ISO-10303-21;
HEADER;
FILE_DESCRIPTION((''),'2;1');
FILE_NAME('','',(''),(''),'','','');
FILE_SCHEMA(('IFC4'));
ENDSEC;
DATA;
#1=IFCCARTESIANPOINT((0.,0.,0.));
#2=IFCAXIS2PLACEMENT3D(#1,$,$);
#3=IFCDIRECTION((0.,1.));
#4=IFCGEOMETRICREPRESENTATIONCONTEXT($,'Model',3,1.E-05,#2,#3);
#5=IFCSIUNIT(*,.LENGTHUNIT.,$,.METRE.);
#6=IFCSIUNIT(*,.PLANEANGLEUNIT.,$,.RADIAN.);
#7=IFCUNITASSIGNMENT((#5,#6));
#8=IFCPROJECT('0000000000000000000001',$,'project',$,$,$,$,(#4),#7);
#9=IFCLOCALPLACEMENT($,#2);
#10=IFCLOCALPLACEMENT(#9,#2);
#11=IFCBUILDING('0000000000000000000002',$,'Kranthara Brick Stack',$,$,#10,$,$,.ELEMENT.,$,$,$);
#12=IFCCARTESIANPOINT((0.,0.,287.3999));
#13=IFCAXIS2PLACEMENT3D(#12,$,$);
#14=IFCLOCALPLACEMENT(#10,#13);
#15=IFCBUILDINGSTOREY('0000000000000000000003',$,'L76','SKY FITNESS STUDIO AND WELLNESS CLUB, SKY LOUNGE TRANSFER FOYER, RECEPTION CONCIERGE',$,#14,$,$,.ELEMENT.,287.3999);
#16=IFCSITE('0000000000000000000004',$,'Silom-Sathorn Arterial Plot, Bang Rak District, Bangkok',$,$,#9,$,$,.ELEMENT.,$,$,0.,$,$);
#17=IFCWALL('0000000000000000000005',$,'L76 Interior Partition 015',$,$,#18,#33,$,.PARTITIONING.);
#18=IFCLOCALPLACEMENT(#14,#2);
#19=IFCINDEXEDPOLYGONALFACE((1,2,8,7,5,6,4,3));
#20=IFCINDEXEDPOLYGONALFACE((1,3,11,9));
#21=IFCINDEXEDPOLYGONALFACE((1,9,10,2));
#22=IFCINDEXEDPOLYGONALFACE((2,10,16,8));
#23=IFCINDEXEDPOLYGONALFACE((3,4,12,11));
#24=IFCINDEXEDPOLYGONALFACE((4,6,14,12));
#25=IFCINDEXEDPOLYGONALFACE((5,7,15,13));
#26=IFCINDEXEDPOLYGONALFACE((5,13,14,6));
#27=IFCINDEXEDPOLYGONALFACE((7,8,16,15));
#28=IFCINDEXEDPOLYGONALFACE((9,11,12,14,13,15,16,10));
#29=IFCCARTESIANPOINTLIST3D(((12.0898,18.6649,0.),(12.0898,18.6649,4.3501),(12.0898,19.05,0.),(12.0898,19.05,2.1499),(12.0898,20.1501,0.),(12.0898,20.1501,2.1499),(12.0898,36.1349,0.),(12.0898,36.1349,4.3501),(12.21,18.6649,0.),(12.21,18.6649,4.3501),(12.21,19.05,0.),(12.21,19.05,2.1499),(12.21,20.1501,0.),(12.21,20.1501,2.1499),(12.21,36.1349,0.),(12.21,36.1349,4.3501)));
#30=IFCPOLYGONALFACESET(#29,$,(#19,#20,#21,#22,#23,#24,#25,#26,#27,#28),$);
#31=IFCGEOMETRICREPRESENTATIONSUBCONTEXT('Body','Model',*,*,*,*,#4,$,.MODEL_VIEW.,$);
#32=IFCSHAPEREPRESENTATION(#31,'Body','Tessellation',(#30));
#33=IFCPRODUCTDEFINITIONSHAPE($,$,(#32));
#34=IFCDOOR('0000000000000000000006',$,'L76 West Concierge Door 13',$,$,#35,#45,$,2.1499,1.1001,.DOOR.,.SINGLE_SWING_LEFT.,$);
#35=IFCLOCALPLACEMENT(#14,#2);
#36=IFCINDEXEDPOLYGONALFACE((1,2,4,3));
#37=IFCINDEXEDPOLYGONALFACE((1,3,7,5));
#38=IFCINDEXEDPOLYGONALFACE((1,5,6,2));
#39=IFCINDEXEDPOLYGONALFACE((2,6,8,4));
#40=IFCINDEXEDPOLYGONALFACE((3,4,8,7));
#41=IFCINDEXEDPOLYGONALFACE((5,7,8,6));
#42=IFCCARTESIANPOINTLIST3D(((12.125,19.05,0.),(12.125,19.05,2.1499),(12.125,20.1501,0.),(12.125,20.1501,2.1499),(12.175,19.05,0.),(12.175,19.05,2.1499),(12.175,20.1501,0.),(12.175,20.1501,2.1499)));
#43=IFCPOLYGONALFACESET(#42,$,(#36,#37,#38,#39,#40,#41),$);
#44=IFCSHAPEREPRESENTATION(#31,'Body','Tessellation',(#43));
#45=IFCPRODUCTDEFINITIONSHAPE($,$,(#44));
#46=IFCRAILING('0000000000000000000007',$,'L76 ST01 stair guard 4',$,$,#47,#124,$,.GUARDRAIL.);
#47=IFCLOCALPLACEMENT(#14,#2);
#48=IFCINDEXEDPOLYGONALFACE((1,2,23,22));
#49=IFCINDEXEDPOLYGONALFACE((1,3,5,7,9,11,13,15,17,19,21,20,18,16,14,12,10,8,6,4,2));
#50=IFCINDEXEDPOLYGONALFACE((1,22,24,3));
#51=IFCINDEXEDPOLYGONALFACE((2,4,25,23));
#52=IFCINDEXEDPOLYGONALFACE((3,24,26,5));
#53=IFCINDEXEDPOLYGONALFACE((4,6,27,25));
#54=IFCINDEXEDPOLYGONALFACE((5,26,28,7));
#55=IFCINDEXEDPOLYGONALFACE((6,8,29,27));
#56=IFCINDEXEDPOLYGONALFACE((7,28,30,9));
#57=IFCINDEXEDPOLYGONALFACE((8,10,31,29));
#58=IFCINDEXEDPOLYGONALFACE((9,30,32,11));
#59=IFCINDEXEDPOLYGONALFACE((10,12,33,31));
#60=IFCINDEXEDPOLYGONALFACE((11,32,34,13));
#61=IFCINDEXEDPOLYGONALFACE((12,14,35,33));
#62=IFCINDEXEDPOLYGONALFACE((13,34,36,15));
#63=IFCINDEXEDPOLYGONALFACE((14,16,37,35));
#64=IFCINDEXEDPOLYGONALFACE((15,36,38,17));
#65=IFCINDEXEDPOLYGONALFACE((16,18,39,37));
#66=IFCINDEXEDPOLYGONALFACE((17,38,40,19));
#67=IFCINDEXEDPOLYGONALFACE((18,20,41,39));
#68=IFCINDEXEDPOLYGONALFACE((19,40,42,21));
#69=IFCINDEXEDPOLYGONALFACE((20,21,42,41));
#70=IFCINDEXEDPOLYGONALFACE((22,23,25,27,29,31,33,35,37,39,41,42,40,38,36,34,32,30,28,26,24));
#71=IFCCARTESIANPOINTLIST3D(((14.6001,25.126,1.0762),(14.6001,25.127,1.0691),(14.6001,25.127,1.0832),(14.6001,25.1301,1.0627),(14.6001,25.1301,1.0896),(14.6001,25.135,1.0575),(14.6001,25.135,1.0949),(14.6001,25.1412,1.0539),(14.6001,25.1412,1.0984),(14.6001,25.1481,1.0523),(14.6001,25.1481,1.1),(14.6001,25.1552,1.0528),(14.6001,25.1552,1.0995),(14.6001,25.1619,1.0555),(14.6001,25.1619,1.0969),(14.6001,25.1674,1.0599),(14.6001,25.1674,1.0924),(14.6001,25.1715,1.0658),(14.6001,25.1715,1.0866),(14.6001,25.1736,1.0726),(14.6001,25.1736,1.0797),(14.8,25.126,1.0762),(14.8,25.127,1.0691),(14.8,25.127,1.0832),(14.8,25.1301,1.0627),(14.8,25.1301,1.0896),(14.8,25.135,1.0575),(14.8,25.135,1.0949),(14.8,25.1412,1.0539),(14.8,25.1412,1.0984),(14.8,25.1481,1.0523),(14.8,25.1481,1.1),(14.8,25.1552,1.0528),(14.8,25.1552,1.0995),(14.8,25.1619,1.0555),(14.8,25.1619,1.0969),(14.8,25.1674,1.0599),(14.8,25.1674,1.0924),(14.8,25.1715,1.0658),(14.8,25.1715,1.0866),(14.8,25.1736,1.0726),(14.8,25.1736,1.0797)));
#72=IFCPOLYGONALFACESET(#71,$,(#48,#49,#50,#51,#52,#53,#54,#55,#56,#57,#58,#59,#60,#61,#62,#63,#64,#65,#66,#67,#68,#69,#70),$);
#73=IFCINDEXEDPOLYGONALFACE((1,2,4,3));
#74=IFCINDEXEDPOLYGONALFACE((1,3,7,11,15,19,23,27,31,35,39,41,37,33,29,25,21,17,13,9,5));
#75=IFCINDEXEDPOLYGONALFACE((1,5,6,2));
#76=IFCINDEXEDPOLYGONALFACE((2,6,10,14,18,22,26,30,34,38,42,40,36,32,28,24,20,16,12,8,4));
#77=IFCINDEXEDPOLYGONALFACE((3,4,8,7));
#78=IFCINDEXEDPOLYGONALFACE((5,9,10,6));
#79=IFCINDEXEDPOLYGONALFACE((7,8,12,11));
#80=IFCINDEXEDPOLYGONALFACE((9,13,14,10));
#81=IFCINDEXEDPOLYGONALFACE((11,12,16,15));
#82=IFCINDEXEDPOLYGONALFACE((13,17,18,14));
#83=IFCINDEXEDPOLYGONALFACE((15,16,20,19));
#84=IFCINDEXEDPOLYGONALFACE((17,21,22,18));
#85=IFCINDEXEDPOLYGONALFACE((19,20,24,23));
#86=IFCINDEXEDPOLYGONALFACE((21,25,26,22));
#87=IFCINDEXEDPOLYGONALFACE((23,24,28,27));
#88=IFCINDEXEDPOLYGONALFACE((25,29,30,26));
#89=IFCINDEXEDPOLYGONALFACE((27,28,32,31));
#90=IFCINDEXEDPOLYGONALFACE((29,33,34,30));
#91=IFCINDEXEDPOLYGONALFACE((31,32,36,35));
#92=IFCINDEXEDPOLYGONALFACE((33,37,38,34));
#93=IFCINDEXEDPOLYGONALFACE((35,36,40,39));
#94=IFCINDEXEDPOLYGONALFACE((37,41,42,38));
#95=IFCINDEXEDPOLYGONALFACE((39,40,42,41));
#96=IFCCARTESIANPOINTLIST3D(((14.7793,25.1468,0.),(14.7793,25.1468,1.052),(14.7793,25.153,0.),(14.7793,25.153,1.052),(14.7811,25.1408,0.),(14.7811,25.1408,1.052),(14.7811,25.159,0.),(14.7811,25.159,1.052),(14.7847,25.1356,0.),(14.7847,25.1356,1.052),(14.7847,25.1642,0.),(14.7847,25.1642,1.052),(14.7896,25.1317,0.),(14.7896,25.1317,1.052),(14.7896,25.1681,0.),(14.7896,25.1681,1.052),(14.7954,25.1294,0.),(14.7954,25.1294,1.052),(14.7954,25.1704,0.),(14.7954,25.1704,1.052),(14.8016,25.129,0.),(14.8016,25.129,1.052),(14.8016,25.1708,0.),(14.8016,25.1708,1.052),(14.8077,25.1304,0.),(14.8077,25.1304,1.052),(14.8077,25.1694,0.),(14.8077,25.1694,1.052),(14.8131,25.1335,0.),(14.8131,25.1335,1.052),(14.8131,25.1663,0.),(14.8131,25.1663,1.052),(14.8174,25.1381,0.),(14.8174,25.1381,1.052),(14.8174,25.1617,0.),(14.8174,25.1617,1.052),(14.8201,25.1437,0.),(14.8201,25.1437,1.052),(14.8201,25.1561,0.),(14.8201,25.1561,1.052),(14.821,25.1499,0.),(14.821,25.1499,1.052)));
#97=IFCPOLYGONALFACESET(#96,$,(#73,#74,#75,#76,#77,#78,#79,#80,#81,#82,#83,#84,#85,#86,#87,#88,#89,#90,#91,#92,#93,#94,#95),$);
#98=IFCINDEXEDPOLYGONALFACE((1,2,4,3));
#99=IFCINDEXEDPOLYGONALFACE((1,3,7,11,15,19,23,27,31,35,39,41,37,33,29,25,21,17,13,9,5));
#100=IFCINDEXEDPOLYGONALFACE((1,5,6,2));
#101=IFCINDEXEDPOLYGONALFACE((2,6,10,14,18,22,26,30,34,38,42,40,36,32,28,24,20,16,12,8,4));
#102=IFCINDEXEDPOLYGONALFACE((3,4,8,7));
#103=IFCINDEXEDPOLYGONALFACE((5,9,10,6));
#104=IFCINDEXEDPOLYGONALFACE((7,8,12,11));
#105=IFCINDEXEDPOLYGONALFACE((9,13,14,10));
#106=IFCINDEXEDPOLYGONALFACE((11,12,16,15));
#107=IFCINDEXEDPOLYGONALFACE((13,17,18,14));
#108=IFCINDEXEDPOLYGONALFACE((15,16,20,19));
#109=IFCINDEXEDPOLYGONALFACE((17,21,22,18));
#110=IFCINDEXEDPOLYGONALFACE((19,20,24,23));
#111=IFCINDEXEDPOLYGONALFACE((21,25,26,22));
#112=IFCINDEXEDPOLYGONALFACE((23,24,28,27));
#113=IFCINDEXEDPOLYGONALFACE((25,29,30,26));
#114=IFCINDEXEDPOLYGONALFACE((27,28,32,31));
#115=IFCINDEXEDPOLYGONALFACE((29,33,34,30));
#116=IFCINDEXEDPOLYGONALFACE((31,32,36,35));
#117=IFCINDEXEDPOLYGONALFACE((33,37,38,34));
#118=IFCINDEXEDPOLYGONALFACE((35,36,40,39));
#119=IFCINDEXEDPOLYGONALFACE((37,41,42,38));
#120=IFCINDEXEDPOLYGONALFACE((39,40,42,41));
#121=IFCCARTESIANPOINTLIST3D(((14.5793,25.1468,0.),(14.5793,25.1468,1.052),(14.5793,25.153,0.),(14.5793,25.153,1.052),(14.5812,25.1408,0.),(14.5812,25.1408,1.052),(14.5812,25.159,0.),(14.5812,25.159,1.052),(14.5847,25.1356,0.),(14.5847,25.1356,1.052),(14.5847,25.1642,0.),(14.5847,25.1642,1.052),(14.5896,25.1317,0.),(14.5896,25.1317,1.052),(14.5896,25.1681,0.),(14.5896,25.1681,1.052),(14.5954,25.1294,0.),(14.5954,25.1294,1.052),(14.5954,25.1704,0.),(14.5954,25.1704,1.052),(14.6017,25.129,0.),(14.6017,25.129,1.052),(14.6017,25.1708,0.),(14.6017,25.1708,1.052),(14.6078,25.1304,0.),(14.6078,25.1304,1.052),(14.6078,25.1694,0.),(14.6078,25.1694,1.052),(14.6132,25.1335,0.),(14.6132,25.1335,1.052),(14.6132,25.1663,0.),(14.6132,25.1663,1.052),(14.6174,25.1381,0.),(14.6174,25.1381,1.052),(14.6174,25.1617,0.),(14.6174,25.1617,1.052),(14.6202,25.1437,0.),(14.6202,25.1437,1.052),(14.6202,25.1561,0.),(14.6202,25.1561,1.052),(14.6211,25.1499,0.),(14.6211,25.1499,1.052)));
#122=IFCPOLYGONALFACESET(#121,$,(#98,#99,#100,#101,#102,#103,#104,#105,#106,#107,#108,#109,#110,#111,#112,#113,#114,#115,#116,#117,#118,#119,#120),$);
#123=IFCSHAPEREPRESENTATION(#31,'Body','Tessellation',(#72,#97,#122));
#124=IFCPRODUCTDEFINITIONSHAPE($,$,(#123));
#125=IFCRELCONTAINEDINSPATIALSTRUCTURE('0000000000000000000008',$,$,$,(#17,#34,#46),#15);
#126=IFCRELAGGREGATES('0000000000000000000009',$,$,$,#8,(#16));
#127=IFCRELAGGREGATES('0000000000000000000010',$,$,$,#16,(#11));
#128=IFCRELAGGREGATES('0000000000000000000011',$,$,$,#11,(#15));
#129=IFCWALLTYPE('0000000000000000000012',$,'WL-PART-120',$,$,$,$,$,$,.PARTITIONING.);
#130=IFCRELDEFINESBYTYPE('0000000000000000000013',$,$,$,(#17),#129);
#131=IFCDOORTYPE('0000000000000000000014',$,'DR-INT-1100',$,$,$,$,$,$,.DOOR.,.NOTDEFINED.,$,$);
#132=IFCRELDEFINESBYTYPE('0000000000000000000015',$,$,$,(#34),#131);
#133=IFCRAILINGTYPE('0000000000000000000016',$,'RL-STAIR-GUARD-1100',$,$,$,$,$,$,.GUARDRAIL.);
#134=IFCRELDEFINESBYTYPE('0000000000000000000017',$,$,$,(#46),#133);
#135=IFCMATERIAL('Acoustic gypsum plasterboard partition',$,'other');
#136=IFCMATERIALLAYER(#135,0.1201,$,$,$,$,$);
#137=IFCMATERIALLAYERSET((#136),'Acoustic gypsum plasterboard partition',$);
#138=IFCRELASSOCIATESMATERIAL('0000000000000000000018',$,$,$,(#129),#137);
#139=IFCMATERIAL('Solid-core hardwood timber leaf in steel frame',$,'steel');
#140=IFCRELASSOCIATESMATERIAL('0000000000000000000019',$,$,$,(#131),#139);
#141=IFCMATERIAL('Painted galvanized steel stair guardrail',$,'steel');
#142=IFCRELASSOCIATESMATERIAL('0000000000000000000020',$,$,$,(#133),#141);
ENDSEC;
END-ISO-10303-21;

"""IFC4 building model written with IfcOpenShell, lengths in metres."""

from ifc_helpers import new_model, si_unit, direction, frame, frame_2d, origin, origin_2d, place, context, subcontext, project, spatial, rectangle, circle, extrude, material, layer, layer_set, type_object, element, fill, save


model = new_model("IFC4")

# Units and contexts
model_context = context("Model", 3, precision=1e-05, world=origin(), true_north=direction((0.0, 1.0)))
body_context = subcontext(model_context, "Body", "Model", "MODEL_VIEW")
ifc_project = project(units=[si_unit("LENGTHUNIT", "METRE"), si_unit("PLANEANGLEUNIT", "RADIAN")], contexts=[model_context])

# Site, building, storey
site_placement = place(None, origin())
site = spatial("IfcSite", under=ifc_project, at=site_placement, Name="Silom-Sathorn Arterial Plot, Bang Rak District, Bangkok", CompositionType="ELEMENT", RefElevation=0.0)
building_placement = place(site_placement, origin())
building = spatial("IfcBuilding", under=site, at=building_placement, Name="Kranthara Brick Stack", CompositionType="ELEMENT")
storey_placement = place(building_placement, frame((0.0, 0.0, 287.3999)))
storey = spatial("IfcBuildingStorey", under=building, at=storey_placement, Name="L76", Description="SKY FITNESS STUDIO AND WELLNESS CLUB, SKY LOUNGE TRANSFER FOYER, RECEPTION CONCIERGE", CompositionType="ELEMENT", Elevation=287.3999)

# Shared definitions
ifc_material_1 = material(Name="Acoustic gypsum plasterboard partition", Category="other")
ifc_layer_1 = layer(ifc_material_1, 0.1201)
ifc_layer_set_1 = layer_set([ifc_layer_1], Name="Acoustic gypsum plasterboard partition")
wall_type_1 = type_object("IfcWallType", Name="WL-PART-120", PredefinedType="PARTITIONING", material=ifc_layer_set_1)
ifc_material_2 = material(Name="Solid-core hardwood timber leaf in steel frame", Category="steel")
door_type = type_object("IfcDoorType", Name="DR-INT-1100", OperationType="NOTDEFINED", PredefinedType="DOOR", material=ifc_material_2)

# Wall, opening, door
wall_1_placement = place(storey_placement, frame((12.1499, 18.665, 0.0), z_axis=(0.0, 0.0, 1.0), x_axis=(0.0, 1.0, 0.0)))
wall_1 = element("IfcWall", 1, at=wall_1_placement, inside=storey, type_object=wall_type_1, Name="L76 Interior Partition 015", PredefinedType="PARTITIONING", context=body_context, shape_type="SweptSolid", body=[
    extrude(rectangle(XDim=17.47, YDim=0.1201, at=frame_2d((8.7349, 0.0))), origin(), (0.0, 0.0, 1.0), 4.3501),
])
opening_1_placement = place(wall_1_placement, frame((0.385, 0.0, 0.0)))
opening_1 = element("IfcOpeningElement", 2, at=opening_1_placement, cuts=wall_1, PredefinedType="OPENING", context=body_context, shape_type="SweptSolid", body=[
    extrude(rectangle(XDim=1.1001, YDim=2.1499, at=frame_2d((0.55, 1.075))), frame((0.0, 0.0701, 0.0), z_axis=(0.0, -1.0, 0.0), x_axis=(1.0, 0.0, 0.0)), (0.0, 0.0, 1.0), 0.1401),
])
door_1_placement = place(opening_1_placement, origin())
door_1 = element("IfcDoor", 3, at=door_1_placement, inside=storey, type_object=door_type, Name="L76 West Concierge Door 13", OperationType="SINGLE_SWING_LEFT", OverallHeight=2.1499, OverallWidth=1.1001, PredefinedType="DOOR", context=body_context, shape_type="SweptSolid", body=[
    extrude(rectangle(XDim=1.1001, YDim=2.1499, at=frame_2d((0.55, 1.075))), frame((0.0, 0.0249, 0.0), z_axis=(0.0, -1.0, 0.0), x_axis=(1.0, 0.0, 0.0)), (0.0, 0.0, 1.0), 0.05),
])
fill(opening_1, door_1)

# Railing
ifc_material_3 = material(Name="Painted galvanized steel stair guardrail", Category="steel")
railing_type = type_object("IfcRailingType", Name="RL-STAIR-GUARD-1100", PredefinedType="GUARDRAIL", material=ifc_material_3)
railing_placement = place(storey_placement, frame((14.8, 25.1499, 0.0)))
element("IfcRailing", 4, at=railing_placement, inside=storey, type_object=railing_type, Name="L76 ST01 stair guard 4", PredefinedType="GUARDRAIL", context=body_context, shape_type="SweptSolid", body=[
    extrude(circle(Radius=0.0239, at=origin_2d()), frame((0.0, 0.0, 1.0762), z_axis=(-1.0, 0.0, 0.0), x_axis=(0.0, -1.0, 0.0)), (0.0, 0.0, 1.0), 0.2),
    extrude(circle(Radius=0.021, at=origin_2d()), origin(), (0.0, 0.0, 1.0), 1.052),
    extrude(circle(Radius=0.021, at=origin_2d()), frame((-0.2, 0.0, 0.0)), (0.0, 0.0, 1.0), 1.052),
])

save(model, "model.ifc")
